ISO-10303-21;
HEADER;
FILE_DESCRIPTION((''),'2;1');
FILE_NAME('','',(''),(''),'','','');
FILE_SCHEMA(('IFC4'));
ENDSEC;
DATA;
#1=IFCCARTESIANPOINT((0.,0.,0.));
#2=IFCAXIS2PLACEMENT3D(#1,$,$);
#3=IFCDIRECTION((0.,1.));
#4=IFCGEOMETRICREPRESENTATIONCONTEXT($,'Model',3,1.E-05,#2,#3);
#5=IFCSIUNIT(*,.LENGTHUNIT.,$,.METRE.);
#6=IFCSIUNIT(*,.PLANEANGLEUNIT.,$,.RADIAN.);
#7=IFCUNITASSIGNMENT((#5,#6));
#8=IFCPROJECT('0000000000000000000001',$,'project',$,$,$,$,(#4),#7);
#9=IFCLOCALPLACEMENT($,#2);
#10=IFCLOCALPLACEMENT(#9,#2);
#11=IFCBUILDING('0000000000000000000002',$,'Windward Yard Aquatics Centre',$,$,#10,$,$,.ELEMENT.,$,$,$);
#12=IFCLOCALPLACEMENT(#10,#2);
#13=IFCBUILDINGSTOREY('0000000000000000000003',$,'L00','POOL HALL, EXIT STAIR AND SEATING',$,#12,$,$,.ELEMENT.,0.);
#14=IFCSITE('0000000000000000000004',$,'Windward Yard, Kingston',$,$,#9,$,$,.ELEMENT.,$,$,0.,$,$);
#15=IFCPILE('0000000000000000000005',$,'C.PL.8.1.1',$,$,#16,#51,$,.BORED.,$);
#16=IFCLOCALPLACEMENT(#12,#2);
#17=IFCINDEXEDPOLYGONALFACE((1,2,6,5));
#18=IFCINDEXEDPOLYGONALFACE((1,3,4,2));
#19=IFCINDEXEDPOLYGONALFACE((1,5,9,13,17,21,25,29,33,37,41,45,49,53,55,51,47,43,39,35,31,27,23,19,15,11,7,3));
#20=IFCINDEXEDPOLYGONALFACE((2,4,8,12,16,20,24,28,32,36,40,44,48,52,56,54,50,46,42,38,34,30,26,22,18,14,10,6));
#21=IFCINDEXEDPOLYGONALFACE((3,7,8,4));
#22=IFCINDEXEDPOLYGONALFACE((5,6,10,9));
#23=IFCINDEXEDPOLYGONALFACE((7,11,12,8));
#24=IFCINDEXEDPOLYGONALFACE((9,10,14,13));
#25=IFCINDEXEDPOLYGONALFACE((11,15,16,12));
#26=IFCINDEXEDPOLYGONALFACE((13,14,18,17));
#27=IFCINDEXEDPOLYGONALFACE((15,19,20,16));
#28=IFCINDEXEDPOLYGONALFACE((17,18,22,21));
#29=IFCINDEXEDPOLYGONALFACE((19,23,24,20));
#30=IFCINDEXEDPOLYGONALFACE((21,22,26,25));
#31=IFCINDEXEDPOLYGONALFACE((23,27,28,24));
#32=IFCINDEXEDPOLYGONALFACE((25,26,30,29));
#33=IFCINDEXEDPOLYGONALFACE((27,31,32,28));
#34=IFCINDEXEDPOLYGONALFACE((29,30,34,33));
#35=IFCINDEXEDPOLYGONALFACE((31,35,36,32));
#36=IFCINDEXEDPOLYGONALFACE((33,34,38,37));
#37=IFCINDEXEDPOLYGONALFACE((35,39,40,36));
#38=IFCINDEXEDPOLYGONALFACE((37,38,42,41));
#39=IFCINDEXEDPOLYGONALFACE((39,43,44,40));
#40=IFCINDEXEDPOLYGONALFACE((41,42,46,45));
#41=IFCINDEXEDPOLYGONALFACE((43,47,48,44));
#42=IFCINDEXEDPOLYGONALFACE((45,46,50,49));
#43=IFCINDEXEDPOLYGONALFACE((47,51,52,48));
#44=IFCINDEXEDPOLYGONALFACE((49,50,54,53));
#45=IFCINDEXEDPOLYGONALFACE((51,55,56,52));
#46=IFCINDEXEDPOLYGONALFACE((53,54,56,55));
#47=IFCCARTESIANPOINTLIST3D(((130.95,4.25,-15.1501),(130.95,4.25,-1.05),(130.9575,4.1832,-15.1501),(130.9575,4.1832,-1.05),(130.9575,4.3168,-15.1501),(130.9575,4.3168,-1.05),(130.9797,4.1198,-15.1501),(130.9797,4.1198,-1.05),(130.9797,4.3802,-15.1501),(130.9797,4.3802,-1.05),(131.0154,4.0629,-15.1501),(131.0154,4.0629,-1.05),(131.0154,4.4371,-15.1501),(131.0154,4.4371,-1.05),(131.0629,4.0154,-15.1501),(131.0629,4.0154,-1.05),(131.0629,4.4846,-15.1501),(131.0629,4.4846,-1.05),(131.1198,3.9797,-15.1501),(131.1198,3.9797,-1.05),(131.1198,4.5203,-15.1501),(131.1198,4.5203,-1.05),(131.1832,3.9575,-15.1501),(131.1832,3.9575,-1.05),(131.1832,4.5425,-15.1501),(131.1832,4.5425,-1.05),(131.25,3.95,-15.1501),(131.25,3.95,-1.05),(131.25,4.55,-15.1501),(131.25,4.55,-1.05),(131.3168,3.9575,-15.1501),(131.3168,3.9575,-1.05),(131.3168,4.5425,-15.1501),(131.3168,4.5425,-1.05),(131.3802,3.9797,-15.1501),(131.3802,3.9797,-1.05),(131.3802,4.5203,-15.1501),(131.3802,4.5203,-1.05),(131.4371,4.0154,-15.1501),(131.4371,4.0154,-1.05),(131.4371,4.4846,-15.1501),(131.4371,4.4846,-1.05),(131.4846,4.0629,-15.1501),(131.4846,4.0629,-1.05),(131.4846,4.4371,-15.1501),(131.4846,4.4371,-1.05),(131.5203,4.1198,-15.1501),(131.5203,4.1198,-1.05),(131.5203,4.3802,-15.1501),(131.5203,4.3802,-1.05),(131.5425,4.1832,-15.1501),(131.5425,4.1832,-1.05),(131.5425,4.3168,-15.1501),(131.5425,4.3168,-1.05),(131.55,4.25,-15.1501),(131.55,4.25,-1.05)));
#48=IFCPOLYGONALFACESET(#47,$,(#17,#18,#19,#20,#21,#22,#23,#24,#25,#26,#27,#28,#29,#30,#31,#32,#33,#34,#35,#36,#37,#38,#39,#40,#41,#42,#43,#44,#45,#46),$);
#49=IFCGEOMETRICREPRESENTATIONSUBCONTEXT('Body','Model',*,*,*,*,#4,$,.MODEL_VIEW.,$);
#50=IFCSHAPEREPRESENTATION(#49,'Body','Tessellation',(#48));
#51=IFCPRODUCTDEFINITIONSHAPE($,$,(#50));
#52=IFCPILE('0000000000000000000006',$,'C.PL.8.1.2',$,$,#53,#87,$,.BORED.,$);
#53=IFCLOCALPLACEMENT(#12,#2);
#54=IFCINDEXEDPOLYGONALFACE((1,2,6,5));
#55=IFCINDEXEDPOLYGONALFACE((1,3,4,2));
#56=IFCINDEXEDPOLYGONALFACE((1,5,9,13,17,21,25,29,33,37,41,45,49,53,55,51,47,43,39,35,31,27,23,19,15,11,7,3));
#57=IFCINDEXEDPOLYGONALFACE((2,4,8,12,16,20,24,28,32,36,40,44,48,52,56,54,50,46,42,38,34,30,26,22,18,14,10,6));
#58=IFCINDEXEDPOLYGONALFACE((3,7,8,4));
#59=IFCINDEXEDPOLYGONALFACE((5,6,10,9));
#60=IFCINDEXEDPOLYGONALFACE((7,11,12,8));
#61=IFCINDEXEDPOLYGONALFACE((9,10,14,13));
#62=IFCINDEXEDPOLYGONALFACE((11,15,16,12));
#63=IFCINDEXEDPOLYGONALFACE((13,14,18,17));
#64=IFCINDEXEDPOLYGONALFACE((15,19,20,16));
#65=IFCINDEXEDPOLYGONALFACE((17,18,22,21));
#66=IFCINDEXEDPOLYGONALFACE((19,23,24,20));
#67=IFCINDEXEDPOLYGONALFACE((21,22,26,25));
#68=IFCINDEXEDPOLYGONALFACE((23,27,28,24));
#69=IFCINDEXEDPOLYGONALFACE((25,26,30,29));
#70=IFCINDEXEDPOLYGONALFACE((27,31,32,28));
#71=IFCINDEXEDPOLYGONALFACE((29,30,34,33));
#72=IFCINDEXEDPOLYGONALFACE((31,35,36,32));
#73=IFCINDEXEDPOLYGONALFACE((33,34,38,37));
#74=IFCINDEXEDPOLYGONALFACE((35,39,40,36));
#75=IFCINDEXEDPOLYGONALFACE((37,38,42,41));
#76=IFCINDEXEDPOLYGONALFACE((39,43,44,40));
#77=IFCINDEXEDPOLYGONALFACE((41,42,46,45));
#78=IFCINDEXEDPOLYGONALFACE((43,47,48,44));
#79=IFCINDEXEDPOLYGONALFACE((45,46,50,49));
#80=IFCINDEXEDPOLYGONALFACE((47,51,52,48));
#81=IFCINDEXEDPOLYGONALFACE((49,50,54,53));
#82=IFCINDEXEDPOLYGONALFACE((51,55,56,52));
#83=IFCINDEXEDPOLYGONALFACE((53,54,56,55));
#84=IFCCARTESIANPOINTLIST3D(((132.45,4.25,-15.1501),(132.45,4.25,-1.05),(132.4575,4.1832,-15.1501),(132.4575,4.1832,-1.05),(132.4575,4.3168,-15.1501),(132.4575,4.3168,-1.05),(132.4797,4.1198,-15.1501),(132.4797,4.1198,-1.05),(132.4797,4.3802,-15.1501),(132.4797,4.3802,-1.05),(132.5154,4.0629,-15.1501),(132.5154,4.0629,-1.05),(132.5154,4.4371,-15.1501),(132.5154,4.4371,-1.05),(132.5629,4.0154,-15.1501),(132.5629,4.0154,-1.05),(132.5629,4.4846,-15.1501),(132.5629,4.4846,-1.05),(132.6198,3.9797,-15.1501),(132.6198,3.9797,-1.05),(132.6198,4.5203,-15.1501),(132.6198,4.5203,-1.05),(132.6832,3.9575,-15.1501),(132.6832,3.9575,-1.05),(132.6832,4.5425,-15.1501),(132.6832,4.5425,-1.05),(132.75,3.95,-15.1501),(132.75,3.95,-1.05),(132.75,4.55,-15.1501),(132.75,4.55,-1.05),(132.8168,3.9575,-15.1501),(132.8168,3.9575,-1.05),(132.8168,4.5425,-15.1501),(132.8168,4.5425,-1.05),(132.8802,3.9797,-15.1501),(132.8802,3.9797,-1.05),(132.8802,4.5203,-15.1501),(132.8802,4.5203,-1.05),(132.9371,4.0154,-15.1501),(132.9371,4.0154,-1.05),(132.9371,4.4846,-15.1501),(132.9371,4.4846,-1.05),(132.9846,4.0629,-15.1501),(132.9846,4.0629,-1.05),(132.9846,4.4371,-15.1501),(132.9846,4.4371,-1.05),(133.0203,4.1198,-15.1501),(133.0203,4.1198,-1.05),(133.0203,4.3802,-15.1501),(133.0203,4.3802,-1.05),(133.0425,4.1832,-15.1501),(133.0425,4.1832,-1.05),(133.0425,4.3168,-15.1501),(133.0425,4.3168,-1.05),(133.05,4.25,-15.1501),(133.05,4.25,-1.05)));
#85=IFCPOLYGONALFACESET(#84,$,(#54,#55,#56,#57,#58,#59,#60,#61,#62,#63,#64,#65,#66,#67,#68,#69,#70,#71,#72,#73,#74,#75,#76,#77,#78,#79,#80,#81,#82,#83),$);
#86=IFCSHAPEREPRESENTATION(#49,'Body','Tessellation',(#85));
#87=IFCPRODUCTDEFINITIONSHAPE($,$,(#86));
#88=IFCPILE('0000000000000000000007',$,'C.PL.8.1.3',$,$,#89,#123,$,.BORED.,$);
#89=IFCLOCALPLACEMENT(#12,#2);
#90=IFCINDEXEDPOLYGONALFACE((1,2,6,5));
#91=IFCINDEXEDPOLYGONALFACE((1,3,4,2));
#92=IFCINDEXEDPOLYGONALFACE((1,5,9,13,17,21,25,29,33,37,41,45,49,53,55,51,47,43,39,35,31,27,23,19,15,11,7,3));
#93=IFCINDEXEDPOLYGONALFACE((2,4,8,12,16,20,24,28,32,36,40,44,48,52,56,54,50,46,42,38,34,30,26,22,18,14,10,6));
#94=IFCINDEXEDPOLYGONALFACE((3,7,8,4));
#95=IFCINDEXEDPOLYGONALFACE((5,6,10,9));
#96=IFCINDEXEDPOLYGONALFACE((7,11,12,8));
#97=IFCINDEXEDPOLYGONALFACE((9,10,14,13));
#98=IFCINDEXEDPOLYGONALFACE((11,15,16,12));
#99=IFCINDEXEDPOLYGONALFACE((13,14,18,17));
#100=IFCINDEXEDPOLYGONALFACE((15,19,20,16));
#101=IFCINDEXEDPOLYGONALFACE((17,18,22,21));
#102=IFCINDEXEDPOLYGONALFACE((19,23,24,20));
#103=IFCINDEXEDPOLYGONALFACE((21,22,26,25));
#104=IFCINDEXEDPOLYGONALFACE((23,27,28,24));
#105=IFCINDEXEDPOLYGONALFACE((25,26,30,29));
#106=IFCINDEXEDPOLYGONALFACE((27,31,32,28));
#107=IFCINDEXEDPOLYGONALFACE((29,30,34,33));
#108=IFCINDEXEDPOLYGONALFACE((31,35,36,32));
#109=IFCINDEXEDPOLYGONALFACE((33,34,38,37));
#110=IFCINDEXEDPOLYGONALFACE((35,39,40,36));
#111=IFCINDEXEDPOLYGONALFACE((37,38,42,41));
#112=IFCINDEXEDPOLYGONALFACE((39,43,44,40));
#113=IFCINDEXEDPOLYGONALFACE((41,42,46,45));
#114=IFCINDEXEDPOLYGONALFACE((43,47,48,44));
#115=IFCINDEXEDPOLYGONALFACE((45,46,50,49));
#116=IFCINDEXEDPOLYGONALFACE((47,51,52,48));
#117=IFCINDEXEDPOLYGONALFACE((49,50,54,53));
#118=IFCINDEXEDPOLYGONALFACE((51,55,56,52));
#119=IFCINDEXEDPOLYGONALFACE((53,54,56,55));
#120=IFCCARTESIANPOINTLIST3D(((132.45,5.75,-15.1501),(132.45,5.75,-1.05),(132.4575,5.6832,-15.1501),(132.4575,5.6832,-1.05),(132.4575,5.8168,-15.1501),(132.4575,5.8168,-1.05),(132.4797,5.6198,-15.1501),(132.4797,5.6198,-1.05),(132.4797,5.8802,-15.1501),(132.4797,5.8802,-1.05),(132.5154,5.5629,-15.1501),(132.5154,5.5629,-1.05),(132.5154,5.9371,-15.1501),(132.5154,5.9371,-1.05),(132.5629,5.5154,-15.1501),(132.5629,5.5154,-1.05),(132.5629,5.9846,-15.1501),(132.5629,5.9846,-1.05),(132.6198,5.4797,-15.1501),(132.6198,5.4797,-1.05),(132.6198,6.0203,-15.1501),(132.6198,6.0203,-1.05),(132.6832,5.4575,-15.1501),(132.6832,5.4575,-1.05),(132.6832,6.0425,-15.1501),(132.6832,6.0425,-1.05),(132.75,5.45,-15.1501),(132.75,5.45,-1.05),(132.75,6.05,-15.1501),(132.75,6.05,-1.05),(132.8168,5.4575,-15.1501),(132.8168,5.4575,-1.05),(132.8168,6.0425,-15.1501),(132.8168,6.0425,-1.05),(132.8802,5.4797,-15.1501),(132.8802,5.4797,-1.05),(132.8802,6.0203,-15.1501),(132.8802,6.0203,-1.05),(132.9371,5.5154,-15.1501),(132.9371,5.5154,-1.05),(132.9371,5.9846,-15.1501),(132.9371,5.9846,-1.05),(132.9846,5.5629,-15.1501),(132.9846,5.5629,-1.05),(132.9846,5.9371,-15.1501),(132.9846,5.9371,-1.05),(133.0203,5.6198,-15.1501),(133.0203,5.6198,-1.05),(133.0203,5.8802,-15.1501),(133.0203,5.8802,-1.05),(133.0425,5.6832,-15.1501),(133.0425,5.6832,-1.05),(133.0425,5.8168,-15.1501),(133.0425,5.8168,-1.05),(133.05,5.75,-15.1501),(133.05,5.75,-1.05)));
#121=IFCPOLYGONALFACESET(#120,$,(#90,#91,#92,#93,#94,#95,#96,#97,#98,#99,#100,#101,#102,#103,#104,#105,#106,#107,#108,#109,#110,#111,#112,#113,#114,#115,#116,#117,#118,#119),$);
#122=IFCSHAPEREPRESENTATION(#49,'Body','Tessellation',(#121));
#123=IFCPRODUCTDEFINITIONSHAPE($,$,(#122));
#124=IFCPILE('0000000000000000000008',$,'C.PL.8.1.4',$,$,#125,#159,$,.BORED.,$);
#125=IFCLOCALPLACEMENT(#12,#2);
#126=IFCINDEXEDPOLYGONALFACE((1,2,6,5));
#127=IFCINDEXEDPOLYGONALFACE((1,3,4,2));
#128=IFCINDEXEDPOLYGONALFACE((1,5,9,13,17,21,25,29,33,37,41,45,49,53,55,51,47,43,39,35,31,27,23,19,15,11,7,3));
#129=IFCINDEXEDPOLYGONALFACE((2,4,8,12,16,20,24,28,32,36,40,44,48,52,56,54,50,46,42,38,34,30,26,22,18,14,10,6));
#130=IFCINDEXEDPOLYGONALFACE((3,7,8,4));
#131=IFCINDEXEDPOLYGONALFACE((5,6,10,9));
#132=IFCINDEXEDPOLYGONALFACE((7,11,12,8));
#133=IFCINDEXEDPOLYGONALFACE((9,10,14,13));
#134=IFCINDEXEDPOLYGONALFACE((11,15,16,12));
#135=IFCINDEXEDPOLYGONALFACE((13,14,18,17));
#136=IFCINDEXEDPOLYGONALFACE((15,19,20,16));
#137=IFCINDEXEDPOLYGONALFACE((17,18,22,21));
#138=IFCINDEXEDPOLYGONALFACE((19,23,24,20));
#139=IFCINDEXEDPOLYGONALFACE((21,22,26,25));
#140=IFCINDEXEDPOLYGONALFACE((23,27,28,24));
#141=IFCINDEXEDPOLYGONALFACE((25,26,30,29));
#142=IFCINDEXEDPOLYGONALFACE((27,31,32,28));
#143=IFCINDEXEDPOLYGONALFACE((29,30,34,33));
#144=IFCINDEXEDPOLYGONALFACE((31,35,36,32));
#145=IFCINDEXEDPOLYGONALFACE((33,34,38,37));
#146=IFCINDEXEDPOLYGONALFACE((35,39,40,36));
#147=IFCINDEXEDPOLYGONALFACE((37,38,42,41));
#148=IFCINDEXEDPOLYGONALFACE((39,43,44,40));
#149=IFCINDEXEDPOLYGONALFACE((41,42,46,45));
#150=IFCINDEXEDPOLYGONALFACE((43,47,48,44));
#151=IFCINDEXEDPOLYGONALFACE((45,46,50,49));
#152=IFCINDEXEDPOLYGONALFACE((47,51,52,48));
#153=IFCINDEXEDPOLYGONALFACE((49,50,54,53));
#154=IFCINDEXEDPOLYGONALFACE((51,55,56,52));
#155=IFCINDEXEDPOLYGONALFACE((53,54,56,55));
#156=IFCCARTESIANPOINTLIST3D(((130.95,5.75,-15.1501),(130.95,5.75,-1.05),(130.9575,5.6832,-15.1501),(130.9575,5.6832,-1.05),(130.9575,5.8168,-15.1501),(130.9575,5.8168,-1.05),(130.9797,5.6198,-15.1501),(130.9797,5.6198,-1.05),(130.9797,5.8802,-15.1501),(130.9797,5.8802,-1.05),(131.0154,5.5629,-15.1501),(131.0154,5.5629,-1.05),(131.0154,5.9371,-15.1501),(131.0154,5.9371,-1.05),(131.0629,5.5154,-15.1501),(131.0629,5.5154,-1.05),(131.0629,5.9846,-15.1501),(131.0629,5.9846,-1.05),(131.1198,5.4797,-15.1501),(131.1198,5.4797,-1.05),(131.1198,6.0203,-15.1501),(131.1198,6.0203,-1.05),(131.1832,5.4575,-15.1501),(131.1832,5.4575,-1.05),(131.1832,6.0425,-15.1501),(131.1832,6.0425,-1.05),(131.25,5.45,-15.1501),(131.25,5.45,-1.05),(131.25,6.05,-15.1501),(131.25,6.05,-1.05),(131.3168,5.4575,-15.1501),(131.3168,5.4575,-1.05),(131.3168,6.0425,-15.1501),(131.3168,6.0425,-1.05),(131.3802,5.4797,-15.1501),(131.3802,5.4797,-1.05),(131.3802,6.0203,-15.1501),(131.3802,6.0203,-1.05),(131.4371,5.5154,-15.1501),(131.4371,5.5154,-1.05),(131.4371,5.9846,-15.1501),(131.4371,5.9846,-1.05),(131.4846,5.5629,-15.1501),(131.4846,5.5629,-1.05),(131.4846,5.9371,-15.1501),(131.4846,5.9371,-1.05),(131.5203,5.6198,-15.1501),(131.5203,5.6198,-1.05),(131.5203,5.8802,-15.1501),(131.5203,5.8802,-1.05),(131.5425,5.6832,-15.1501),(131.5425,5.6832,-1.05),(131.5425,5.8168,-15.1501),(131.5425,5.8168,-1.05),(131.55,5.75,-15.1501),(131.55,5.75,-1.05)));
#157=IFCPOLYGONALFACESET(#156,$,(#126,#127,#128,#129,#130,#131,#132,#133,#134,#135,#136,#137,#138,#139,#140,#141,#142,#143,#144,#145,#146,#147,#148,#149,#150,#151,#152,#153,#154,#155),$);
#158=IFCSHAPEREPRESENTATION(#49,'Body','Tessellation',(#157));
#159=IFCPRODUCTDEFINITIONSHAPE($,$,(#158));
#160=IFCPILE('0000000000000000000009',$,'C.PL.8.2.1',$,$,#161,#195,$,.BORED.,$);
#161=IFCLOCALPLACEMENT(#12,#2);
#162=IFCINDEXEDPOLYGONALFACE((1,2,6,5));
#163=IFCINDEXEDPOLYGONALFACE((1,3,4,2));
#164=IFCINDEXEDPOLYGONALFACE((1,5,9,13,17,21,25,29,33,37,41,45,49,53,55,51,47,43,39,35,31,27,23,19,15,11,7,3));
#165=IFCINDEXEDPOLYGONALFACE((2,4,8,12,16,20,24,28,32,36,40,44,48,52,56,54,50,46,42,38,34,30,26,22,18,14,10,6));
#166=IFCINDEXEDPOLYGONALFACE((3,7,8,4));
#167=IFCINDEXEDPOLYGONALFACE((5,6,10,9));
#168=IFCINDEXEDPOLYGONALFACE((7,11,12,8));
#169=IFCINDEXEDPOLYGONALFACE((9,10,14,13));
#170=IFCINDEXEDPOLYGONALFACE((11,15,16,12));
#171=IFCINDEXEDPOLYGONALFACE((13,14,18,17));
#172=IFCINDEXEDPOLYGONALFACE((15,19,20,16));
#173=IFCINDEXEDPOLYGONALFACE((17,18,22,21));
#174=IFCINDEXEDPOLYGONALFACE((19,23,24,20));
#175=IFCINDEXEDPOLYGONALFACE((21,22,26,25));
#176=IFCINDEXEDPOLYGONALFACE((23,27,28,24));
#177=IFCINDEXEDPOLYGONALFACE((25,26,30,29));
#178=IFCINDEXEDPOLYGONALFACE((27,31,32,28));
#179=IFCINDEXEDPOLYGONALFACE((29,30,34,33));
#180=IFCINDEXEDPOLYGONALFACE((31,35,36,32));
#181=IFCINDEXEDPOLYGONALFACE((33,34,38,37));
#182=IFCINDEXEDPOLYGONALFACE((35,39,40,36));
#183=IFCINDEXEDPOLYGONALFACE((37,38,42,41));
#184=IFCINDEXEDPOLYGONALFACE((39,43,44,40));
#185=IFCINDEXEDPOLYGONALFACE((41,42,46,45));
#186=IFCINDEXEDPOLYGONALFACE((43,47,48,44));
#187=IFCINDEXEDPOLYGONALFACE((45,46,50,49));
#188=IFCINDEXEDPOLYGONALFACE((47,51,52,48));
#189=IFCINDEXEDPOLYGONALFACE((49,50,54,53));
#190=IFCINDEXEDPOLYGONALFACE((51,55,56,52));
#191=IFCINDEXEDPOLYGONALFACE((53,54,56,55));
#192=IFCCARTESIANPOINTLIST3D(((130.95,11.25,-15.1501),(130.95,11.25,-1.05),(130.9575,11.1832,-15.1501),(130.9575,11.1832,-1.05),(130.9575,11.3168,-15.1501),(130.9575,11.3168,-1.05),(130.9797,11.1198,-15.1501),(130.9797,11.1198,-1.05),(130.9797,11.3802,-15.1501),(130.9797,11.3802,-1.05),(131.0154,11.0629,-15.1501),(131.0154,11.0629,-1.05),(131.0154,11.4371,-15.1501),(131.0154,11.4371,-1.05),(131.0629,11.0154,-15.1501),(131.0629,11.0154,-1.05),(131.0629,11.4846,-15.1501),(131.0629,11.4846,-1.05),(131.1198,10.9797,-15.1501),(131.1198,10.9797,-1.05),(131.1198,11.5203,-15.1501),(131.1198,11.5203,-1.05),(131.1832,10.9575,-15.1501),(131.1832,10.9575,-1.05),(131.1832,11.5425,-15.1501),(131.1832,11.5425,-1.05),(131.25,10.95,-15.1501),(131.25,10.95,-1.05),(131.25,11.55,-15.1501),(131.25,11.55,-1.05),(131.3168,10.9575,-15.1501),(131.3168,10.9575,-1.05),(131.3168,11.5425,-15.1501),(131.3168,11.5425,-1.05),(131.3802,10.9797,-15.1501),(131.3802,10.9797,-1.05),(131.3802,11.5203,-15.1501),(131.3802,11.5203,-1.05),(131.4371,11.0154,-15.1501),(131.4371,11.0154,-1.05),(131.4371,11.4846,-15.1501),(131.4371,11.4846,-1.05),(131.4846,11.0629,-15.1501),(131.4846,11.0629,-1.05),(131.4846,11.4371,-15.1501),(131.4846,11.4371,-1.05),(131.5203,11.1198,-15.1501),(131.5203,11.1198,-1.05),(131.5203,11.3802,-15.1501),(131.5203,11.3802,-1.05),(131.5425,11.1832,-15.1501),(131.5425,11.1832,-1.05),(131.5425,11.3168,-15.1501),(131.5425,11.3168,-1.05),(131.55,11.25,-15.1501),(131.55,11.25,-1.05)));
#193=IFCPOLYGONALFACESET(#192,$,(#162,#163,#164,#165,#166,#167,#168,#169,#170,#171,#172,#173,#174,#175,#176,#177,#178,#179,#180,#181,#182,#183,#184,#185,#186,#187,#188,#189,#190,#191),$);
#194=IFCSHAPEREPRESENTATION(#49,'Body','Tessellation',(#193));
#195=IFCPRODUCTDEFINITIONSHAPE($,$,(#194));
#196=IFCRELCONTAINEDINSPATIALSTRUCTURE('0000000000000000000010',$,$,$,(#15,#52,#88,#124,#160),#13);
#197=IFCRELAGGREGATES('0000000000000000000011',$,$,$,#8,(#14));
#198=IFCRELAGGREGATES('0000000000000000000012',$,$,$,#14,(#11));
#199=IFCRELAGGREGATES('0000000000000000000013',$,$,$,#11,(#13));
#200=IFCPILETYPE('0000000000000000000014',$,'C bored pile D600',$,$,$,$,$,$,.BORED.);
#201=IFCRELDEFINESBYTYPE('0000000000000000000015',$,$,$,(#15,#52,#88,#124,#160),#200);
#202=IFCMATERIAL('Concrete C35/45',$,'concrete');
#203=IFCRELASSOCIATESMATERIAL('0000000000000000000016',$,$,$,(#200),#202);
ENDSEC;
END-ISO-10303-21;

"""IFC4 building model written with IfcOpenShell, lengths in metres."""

from ifc_helpers import new_model, si_unit, direction, frame, origin, origin_2d, place, context, subcontext, project, spatial, circle, extrude, material, material_profile, profile_set, type_object, element, save


model = new_model("IFC4")

# Units and contexts
model_context = context("Model", 3, precision=1e-05, world=origin(), true_north=direction((0.0, 1.0)))
body_context = subcontext(model_context, "Body", "Model", "MODEL_VIEW")
ifc_project = project(units=[si_unit("LENGTHUNIT", "METRE"), si_unit("PLANEANGLEUNIT", "RADIAN")], contexts=[model_context])

# Site, building, storey
site_placement = place(None, origin())
site = spatial("IfcSite", under=ifc_project, at=site_placement, Name="Windward Yard, Kingston", CompositionType="ELEMENT", RefElevation=0.0)
building_placement = place(site_placement, origin())
building = spatial("IfcBuilding", under=site, at=building_placement, Name="Windward Yard Aquatics Centre", CompositionType="ELEMENT")
storey_placement = place(building_placement, origin())
storey = spatial("IfcBuildingStorey", under=building, at=storey_placement, Name="L00", Description="POOL HALL, EXIT STAIR AND SEATING", CompositionType="ELEMENT", Elevation=0.0)

# Piles
ifc_material_1 = material(Name="Concrete C35/45", Category="concrete")
ifc_material_profile_1 = material_profile(ifc_material_1, circle(Radius=0.3, at=origin_2d()), Name="RC D600")
ifc_profile_set_1 = profile_set([ifc_material_profile_1], Name="Concrete C35/45")
pile_type = type_object("IfcPileType", Name="C bored pile D600", PredefinedType="BORED", material=ifc_profile_set_1)
for number, where, z_axis, x_axis, name in (
    (1, (131.25, 4.25, -1.05), (0.0, 0.0, -1.0), (1.0, 0.0, 0.0), "C.PL.8.1.1"),
    (2, (132.75, 4.25, -1.05), (0.0, 0.0, -1.0), (1.0, 0.0, 0.0), "C.PL.8.1.2"),
    (3, (132.75, 5.75, -1.05), (0.0, 0.0, -1.0), (1.0, 0.0, 0.0), "C.PL.8.1.3"),
    (4, (131.25, 5.75, -1.05), (0.0, 0.0, -1.0), (1.0, 0.0, 0.0), "C.PL.8.1.4"),
    (5, (131.25, 11.25, -1.05), (0.0, 0.0, -1.0), (1.0, 0.0, 0.0), "C.PL.8.2.1"),
):
    element("IfcPile", number, at=place(storey_placement, frame(where, z_axis=z_axis, x_axis=x_axis)), inside=storey, type_object=pile_type, Name=name, PredefinedType="BORED", context=body_context, shape_type="SweptSolid", body=[
        extrude(circle(Radius=0.3, at=origin_2d()), origin(), (0.0, 0.0, 1.0), 14.1001),
    ])

save(model, "model.ifc")
